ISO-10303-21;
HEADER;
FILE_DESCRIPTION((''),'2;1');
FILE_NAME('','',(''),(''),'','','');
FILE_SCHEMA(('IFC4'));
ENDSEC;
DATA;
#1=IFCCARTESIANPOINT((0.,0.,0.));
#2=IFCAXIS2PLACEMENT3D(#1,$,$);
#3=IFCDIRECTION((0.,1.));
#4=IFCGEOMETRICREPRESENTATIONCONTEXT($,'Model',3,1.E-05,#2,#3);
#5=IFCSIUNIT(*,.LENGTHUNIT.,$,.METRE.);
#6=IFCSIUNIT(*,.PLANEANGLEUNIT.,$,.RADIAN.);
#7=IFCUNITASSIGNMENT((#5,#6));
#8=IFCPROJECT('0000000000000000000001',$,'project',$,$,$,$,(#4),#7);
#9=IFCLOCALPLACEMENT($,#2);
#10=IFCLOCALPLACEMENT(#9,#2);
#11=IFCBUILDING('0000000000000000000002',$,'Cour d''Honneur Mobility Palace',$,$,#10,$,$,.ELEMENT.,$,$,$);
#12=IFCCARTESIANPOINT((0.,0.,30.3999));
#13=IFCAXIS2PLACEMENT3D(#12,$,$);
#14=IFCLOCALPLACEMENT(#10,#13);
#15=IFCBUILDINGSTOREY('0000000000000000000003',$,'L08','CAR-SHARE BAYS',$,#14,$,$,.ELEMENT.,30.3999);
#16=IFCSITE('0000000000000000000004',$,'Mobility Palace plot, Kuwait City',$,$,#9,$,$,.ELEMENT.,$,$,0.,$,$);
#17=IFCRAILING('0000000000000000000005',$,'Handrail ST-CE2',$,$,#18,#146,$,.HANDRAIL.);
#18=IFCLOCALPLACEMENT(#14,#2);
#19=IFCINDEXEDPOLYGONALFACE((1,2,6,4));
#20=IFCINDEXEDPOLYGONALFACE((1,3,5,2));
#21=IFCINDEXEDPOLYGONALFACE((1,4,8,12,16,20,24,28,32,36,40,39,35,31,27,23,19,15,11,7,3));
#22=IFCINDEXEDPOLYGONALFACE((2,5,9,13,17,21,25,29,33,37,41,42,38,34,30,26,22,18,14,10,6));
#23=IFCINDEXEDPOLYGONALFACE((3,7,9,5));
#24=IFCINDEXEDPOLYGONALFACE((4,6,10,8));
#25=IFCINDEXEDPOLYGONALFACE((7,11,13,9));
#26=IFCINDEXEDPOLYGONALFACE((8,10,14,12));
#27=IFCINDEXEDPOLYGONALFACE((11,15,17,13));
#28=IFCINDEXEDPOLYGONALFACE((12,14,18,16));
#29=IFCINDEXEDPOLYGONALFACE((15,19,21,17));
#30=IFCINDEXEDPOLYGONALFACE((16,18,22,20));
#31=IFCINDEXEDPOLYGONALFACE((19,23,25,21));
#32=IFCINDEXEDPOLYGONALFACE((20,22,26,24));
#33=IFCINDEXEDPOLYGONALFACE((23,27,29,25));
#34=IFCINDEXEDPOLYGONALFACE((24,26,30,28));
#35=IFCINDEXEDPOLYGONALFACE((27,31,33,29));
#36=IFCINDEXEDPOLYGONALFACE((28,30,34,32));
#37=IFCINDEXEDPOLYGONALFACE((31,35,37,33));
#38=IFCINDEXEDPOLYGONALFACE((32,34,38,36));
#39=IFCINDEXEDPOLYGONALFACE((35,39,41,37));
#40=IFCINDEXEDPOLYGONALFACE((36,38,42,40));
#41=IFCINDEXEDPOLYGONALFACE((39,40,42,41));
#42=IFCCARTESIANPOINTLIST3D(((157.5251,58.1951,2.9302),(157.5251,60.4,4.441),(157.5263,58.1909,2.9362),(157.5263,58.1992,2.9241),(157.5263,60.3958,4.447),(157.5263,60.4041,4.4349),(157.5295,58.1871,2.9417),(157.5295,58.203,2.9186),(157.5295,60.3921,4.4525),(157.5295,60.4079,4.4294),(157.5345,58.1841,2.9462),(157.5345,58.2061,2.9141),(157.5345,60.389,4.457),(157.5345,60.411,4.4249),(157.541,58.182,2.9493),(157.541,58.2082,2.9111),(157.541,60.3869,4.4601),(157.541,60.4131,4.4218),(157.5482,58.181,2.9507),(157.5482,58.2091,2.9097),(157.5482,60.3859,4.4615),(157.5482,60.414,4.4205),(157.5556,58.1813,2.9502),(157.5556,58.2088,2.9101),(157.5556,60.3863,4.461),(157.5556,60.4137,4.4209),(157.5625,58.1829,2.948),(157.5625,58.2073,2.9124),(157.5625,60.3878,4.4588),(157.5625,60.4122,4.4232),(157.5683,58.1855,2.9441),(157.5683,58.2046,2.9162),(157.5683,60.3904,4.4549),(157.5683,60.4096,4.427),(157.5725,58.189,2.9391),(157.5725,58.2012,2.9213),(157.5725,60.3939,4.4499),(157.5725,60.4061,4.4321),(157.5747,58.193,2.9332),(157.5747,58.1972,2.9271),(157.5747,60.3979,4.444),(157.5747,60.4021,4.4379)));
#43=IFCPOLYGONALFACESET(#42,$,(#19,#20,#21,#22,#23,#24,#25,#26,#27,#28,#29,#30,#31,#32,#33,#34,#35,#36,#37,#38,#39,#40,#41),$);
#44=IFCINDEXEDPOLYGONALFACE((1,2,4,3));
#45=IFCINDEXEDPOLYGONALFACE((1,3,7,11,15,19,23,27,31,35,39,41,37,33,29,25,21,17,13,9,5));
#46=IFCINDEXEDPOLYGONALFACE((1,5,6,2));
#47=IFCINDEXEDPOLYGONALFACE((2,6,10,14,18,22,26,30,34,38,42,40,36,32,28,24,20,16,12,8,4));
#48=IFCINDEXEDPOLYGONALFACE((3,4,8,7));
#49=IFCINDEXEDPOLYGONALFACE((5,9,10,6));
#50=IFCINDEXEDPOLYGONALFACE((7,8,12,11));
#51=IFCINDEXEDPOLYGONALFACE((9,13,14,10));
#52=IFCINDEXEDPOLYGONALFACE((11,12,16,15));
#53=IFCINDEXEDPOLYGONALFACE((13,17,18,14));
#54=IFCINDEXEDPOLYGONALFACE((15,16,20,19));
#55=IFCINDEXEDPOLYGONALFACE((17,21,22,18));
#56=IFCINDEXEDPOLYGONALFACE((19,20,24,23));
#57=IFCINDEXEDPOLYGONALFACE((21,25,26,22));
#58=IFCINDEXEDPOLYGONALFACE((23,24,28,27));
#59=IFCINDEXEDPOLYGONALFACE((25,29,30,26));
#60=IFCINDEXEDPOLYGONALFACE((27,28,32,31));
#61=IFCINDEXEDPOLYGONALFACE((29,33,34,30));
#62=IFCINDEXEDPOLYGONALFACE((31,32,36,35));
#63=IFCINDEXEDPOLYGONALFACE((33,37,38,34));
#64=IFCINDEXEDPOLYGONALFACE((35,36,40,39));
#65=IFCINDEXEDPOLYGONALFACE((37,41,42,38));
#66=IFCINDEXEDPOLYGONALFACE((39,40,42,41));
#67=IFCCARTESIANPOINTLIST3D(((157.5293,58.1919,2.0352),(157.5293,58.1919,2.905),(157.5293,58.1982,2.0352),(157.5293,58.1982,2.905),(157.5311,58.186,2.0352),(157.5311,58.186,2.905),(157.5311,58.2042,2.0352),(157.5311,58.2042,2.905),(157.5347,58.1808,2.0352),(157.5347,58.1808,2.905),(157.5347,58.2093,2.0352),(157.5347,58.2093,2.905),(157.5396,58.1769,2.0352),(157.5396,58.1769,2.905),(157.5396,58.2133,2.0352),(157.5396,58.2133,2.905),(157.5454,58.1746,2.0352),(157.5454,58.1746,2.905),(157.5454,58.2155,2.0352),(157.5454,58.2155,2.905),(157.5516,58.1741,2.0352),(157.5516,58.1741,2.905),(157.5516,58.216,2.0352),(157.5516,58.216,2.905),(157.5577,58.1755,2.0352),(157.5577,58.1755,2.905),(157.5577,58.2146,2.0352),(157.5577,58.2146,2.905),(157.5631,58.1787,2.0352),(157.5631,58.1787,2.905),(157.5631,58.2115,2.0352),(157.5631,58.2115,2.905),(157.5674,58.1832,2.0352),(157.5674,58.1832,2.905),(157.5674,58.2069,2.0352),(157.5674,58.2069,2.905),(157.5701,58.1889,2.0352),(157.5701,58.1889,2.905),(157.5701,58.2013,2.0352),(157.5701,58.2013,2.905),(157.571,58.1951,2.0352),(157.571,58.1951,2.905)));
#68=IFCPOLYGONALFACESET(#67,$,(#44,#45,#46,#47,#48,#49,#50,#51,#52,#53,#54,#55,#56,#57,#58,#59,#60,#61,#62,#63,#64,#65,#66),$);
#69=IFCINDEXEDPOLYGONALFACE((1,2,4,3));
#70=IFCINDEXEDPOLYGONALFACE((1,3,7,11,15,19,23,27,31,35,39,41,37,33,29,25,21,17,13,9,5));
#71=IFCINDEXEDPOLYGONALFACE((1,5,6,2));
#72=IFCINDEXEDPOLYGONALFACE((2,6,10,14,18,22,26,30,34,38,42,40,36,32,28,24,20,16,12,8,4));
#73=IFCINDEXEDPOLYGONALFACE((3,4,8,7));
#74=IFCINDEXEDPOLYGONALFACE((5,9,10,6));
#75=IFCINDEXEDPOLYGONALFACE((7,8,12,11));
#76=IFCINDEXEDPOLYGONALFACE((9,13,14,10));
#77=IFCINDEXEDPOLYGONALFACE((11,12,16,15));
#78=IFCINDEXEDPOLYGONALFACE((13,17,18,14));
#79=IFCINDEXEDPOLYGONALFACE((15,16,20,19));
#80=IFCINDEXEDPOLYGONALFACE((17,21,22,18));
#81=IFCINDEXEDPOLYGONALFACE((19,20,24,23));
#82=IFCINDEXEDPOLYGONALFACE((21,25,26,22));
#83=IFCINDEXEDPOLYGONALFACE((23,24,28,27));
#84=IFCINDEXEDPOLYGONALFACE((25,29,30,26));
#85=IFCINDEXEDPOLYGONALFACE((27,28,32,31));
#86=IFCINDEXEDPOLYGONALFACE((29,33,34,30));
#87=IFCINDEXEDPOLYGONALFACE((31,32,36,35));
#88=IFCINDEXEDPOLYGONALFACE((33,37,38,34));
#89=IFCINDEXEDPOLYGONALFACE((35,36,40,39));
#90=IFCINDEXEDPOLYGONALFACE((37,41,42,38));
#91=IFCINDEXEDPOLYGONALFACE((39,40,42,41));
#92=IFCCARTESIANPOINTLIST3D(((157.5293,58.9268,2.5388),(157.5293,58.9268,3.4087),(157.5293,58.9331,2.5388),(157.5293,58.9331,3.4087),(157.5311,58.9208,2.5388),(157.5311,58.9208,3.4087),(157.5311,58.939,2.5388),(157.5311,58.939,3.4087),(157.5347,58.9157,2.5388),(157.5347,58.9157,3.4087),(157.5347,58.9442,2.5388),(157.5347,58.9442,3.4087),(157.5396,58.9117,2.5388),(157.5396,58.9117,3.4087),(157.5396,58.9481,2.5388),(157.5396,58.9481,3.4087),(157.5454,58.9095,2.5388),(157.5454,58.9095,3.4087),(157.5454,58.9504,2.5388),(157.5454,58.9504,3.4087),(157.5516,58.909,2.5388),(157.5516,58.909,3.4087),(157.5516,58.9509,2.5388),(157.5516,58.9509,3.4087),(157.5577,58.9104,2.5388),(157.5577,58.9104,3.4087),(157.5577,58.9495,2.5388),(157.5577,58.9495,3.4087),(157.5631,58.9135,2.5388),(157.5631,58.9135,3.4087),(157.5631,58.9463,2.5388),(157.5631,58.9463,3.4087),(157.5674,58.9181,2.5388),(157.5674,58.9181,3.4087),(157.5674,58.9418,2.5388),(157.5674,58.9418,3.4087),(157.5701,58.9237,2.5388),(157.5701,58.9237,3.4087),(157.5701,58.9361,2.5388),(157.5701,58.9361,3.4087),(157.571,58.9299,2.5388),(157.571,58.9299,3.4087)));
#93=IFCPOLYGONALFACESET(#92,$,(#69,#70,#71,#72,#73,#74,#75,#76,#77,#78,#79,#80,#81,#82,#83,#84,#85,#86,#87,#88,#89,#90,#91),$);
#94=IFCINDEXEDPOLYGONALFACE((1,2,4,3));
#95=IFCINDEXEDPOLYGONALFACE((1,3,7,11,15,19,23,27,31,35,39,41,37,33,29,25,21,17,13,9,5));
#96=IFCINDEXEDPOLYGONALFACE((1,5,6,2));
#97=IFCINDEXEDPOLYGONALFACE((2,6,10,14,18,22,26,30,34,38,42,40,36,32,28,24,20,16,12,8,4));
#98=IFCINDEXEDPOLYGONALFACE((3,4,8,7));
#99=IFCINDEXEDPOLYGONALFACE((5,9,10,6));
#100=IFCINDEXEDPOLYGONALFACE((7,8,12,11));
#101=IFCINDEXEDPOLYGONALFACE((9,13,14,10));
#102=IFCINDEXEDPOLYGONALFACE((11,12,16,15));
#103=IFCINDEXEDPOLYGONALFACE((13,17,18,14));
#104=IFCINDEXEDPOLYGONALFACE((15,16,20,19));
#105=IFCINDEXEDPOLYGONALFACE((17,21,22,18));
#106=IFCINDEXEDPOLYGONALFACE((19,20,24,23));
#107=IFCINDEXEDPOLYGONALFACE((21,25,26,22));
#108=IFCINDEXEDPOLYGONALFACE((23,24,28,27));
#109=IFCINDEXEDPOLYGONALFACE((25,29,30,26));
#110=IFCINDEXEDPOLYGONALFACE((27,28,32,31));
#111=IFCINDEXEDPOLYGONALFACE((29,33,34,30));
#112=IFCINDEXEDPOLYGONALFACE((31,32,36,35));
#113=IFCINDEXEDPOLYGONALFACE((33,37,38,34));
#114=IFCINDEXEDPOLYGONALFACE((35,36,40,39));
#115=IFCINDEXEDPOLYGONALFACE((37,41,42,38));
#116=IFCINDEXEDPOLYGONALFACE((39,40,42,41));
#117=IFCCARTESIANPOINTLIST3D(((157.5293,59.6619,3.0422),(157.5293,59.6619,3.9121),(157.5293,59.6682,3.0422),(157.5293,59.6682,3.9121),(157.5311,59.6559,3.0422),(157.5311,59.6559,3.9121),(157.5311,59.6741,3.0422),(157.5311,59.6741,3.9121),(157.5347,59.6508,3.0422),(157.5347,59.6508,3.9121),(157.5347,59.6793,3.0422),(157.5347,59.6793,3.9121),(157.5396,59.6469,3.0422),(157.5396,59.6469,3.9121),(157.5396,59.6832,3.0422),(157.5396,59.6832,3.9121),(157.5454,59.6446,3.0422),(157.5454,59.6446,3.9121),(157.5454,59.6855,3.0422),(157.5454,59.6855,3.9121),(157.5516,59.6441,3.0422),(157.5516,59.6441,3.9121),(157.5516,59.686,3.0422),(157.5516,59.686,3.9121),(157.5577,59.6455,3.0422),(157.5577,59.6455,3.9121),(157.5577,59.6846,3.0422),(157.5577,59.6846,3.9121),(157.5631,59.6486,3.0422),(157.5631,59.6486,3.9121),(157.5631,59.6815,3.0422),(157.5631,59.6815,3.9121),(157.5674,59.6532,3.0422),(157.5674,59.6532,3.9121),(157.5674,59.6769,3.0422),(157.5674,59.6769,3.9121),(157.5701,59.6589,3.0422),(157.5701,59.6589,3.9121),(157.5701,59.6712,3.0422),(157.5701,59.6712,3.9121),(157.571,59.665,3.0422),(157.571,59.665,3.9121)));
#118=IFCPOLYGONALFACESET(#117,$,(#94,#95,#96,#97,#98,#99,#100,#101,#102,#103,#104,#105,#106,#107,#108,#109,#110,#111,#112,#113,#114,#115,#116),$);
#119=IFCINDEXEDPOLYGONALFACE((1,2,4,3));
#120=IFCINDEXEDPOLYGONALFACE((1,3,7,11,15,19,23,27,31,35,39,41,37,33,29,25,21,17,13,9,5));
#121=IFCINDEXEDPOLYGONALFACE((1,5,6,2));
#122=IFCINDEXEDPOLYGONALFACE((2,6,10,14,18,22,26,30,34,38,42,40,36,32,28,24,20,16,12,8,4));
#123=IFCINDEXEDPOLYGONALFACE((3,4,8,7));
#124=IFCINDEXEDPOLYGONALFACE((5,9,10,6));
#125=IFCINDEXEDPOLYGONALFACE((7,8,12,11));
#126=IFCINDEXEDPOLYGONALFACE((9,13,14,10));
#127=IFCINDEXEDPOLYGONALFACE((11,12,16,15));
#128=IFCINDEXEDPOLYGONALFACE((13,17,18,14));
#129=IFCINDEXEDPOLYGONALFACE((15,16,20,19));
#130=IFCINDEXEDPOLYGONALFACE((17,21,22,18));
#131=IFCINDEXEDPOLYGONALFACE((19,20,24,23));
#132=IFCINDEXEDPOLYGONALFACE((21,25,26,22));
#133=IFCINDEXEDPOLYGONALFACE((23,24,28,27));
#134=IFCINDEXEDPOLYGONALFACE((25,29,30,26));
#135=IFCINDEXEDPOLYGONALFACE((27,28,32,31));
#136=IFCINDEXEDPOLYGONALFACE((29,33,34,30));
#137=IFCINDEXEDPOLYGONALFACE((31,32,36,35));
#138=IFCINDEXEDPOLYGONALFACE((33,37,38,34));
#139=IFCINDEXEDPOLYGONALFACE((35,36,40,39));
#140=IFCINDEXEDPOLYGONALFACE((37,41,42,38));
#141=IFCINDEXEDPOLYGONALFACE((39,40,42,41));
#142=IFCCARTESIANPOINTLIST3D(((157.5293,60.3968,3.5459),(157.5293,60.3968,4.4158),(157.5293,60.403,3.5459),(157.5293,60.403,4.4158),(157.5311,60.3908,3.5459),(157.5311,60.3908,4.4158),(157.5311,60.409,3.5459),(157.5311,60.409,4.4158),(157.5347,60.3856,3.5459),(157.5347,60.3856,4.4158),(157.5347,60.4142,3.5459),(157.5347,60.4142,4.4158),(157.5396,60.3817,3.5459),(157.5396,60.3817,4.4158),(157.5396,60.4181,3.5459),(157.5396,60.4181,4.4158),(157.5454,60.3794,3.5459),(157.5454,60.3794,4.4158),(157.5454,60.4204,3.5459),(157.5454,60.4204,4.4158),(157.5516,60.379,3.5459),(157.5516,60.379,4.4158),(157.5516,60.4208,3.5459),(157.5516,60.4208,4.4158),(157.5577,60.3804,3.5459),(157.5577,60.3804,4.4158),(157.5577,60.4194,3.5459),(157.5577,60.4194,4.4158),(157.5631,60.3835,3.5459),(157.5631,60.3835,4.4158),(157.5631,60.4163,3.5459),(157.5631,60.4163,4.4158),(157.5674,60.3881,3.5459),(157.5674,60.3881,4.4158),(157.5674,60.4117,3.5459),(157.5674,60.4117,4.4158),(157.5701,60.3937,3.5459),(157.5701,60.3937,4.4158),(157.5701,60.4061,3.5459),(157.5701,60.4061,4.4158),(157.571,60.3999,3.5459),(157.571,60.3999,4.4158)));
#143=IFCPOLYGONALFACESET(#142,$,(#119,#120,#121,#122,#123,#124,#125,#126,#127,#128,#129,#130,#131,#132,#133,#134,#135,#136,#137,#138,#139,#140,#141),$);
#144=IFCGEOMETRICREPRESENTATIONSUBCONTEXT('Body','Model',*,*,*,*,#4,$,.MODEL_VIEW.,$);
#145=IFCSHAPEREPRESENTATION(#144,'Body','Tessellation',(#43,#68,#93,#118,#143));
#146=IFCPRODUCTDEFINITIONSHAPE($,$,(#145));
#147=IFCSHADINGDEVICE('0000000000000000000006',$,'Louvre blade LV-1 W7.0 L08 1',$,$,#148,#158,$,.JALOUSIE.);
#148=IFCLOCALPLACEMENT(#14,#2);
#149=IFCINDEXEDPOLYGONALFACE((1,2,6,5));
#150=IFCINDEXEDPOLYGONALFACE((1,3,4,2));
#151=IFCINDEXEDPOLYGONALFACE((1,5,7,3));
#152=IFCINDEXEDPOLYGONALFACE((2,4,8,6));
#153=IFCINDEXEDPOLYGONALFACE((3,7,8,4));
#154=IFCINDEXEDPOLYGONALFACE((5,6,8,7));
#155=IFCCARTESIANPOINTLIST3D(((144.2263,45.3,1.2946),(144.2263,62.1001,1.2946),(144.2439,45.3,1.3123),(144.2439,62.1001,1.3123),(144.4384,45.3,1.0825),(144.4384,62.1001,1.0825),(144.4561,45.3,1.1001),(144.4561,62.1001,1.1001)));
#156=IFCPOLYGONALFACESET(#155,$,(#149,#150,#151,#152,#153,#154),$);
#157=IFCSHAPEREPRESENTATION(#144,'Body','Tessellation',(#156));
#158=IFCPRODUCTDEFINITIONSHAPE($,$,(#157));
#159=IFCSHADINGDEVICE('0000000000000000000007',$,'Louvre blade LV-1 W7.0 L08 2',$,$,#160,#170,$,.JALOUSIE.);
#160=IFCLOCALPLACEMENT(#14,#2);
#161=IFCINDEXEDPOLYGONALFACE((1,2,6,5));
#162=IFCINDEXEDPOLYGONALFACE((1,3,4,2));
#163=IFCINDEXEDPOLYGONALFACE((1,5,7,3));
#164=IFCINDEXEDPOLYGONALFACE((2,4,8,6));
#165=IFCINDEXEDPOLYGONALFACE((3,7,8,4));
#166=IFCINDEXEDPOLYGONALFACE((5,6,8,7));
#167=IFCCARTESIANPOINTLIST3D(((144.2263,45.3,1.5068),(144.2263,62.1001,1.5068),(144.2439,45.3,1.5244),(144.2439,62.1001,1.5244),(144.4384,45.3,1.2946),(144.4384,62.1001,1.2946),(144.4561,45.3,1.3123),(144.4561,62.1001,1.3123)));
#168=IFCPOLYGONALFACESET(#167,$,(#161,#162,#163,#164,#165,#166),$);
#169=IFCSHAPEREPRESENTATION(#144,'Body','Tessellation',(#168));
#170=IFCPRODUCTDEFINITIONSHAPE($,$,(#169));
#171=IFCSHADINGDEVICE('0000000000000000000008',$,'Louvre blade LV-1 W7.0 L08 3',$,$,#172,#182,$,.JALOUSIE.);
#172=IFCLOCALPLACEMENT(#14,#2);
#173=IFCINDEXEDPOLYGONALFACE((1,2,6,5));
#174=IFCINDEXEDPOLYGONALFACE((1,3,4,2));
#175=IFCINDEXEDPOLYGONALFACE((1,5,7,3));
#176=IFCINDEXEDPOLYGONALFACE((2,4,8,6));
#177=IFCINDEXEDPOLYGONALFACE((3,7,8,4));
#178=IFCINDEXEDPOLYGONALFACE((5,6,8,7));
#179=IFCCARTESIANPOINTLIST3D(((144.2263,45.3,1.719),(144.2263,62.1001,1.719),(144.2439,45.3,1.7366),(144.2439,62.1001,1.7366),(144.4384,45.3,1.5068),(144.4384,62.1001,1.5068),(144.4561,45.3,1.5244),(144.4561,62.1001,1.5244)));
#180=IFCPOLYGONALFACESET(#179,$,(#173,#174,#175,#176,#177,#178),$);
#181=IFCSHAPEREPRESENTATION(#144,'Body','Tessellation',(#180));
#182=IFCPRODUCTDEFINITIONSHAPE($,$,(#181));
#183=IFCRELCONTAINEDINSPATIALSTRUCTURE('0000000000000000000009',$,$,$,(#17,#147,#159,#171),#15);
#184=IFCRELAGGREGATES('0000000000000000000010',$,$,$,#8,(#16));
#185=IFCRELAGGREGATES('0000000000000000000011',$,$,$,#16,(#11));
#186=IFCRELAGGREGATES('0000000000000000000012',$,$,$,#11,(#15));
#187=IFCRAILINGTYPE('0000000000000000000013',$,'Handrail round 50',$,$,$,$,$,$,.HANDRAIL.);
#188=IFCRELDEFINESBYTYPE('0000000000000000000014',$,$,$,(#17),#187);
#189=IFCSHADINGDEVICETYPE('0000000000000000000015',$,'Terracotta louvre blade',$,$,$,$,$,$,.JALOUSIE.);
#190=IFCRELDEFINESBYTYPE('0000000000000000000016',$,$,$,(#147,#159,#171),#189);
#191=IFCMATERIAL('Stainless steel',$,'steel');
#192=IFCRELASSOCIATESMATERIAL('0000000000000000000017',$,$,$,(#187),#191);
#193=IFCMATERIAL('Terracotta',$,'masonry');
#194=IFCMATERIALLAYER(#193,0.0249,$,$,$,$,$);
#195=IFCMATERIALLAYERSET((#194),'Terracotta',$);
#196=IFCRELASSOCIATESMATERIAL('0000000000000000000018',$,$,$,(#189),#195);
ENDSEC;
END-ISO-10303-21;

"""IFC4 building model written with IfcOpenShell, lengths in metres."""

from ifc_helpers import new_model, si_unit, direction, frame, origin, origin_2d, place, context, subcontext, project, spatial, polyline, circle, outline, extrude, material, layer, layer_set, type_object, element, save


model = new_model("IFC4")

# Units and contexts
model_context = context("Model", 3, precision=1e-05, world=origin(), true_north=direction((0.0, 1.0)))
body_context = subcontext(model_context, "Body", "Model", "MODEL_VIEW")
ifc_project = project(units=[si_unit("LENGTHUNIT", "METRE"), si_unit("PLANEANGLEUNIT", "RADIAN")], contexts=[model_context])

# Site, building, storey
site_placement = place(None, origin())
site = spatial("IfcSite", under=ifc_project, at=site_placement, Name="Mobility Palace plot, Kuwait City", CompositionType="ELEMENT", RefElevation=0.0)
building_placement = place(site_placement, origin())
building = spatial("IfcBuilding", under=site, at=building_placement, Name="Cour d'Honneur Mobility Palace", CompositionType="ELEMENT")
storey_placement = place(building_placement, frame((0.0, 0.0, 30.3999)))
storey = spatial("IfcBuildingStorey", under=building, at=storey_placement, Name="L08", Description="CAR-SHARE BAYS", CompositionType="ELEMENT", Elevation=30.3999)

# Railing
ifc_material_1 = material(Name="Stainless steel", Category="steel")
railing_type_1 = type_object("IfcRailingType", Name="Handrail round 50", PredefinedType="HANDRAIL", material=ifc_material_1)
railing_1_placement = place(storey_placement, frame((157.55, 58.1951, 2.0352)))
element("IfcRailing", 1, at=railing_1_placement, inside=storey, type_object=railing_type_1, Name="Handrail ST-CE2", PredefinedType="HANDRAIL", context=body_context, shape_type="SweptSolid", body=[
    extrude(circle(Radius=0.0249, at=origin_2d()), frame((0.0, 0.0, 0.895), z_axis=(0.0, 0.824928, 0.565237), x_axis=(-1.0, 0.0, 0.0)), (0.0, 0.0, 1.0), 2.6729),
    extrude(circle(Radius=0.021, at=origin_2d()), origin(), (0.0, 0.0, 1.0), 0.8699),
    extrude(circle(Radius=0.021, at=origin_2d()), frame((0.0, 0.7349, 0.5037)), (0.0, 0.0, 1.0), 0.8699),
    extrude(circle(Radius=0.021, at=origin_2d()), frame((0.0, 1.47, 1.0071)), (0.0, 0.0, 1.0), 0.8699),
    extrude(circle(Radius=0.021, at=origin_2d()), frame((0.0, 2.2048, 1.5107)), (0.0, 0.0, 1.0), 0.8699),
])

# Shading devices
ifc_material_2 = material(Name="Terracotta", Category="masonry")
ifc_layer_1 = layer(ifc_material_2, 0.0249)
ifc_layer_set_1 = layer_set([ifc_layer_1], Name="Terracotta")
shading_device_type = type_object("IfcShadingDeviceType", Name="Terracotta louvre blade", PredefinedType="JALOUSIE", material=ifc_layer_set_1)
for number, where, z_axis, x_axis, name in (
    (2, (144.4561, 62.1001, 1.1001), (0.707107, 0.0, 0.707107), (0.0, -1.0, 0.0), "Louvre blade LV-1 W7.0 L08 1"),
    (3, (144.4561, 62.1001, 1.3123), (0.707107, 0.0, 0.707107), (0.0, -1.0, 0.0), "Louvre blade LV-1 W7.0 L08 2"),
    (4, (144.4561, 62.1001, 1.5244), (0.707107, 0.0, 0.707107), (0.0, -1.0, 0.0), "Louvre blade LV-1 W7.0 L08 3"),
):
    element("IfcShadingDevice", number, at=place(storey_placement, frame(where, z_axis=z_axis, x_axis=x_axis)), inside=storey, type_object=shading_device_type, Name=name, PredefinedType="JALOUSIE", context=body_context, shape_type="SweptSolid", body=[
        extrude(outline(polyline([(0.0, 0.0), (16.8, 0.0), (16.8, -0.3), (0.0, -0.3), (0.0, 0.0)])), origin(), (0.0, 0.0, -1.0), 0.0249),
    ])

save(model, "model.ifc")
